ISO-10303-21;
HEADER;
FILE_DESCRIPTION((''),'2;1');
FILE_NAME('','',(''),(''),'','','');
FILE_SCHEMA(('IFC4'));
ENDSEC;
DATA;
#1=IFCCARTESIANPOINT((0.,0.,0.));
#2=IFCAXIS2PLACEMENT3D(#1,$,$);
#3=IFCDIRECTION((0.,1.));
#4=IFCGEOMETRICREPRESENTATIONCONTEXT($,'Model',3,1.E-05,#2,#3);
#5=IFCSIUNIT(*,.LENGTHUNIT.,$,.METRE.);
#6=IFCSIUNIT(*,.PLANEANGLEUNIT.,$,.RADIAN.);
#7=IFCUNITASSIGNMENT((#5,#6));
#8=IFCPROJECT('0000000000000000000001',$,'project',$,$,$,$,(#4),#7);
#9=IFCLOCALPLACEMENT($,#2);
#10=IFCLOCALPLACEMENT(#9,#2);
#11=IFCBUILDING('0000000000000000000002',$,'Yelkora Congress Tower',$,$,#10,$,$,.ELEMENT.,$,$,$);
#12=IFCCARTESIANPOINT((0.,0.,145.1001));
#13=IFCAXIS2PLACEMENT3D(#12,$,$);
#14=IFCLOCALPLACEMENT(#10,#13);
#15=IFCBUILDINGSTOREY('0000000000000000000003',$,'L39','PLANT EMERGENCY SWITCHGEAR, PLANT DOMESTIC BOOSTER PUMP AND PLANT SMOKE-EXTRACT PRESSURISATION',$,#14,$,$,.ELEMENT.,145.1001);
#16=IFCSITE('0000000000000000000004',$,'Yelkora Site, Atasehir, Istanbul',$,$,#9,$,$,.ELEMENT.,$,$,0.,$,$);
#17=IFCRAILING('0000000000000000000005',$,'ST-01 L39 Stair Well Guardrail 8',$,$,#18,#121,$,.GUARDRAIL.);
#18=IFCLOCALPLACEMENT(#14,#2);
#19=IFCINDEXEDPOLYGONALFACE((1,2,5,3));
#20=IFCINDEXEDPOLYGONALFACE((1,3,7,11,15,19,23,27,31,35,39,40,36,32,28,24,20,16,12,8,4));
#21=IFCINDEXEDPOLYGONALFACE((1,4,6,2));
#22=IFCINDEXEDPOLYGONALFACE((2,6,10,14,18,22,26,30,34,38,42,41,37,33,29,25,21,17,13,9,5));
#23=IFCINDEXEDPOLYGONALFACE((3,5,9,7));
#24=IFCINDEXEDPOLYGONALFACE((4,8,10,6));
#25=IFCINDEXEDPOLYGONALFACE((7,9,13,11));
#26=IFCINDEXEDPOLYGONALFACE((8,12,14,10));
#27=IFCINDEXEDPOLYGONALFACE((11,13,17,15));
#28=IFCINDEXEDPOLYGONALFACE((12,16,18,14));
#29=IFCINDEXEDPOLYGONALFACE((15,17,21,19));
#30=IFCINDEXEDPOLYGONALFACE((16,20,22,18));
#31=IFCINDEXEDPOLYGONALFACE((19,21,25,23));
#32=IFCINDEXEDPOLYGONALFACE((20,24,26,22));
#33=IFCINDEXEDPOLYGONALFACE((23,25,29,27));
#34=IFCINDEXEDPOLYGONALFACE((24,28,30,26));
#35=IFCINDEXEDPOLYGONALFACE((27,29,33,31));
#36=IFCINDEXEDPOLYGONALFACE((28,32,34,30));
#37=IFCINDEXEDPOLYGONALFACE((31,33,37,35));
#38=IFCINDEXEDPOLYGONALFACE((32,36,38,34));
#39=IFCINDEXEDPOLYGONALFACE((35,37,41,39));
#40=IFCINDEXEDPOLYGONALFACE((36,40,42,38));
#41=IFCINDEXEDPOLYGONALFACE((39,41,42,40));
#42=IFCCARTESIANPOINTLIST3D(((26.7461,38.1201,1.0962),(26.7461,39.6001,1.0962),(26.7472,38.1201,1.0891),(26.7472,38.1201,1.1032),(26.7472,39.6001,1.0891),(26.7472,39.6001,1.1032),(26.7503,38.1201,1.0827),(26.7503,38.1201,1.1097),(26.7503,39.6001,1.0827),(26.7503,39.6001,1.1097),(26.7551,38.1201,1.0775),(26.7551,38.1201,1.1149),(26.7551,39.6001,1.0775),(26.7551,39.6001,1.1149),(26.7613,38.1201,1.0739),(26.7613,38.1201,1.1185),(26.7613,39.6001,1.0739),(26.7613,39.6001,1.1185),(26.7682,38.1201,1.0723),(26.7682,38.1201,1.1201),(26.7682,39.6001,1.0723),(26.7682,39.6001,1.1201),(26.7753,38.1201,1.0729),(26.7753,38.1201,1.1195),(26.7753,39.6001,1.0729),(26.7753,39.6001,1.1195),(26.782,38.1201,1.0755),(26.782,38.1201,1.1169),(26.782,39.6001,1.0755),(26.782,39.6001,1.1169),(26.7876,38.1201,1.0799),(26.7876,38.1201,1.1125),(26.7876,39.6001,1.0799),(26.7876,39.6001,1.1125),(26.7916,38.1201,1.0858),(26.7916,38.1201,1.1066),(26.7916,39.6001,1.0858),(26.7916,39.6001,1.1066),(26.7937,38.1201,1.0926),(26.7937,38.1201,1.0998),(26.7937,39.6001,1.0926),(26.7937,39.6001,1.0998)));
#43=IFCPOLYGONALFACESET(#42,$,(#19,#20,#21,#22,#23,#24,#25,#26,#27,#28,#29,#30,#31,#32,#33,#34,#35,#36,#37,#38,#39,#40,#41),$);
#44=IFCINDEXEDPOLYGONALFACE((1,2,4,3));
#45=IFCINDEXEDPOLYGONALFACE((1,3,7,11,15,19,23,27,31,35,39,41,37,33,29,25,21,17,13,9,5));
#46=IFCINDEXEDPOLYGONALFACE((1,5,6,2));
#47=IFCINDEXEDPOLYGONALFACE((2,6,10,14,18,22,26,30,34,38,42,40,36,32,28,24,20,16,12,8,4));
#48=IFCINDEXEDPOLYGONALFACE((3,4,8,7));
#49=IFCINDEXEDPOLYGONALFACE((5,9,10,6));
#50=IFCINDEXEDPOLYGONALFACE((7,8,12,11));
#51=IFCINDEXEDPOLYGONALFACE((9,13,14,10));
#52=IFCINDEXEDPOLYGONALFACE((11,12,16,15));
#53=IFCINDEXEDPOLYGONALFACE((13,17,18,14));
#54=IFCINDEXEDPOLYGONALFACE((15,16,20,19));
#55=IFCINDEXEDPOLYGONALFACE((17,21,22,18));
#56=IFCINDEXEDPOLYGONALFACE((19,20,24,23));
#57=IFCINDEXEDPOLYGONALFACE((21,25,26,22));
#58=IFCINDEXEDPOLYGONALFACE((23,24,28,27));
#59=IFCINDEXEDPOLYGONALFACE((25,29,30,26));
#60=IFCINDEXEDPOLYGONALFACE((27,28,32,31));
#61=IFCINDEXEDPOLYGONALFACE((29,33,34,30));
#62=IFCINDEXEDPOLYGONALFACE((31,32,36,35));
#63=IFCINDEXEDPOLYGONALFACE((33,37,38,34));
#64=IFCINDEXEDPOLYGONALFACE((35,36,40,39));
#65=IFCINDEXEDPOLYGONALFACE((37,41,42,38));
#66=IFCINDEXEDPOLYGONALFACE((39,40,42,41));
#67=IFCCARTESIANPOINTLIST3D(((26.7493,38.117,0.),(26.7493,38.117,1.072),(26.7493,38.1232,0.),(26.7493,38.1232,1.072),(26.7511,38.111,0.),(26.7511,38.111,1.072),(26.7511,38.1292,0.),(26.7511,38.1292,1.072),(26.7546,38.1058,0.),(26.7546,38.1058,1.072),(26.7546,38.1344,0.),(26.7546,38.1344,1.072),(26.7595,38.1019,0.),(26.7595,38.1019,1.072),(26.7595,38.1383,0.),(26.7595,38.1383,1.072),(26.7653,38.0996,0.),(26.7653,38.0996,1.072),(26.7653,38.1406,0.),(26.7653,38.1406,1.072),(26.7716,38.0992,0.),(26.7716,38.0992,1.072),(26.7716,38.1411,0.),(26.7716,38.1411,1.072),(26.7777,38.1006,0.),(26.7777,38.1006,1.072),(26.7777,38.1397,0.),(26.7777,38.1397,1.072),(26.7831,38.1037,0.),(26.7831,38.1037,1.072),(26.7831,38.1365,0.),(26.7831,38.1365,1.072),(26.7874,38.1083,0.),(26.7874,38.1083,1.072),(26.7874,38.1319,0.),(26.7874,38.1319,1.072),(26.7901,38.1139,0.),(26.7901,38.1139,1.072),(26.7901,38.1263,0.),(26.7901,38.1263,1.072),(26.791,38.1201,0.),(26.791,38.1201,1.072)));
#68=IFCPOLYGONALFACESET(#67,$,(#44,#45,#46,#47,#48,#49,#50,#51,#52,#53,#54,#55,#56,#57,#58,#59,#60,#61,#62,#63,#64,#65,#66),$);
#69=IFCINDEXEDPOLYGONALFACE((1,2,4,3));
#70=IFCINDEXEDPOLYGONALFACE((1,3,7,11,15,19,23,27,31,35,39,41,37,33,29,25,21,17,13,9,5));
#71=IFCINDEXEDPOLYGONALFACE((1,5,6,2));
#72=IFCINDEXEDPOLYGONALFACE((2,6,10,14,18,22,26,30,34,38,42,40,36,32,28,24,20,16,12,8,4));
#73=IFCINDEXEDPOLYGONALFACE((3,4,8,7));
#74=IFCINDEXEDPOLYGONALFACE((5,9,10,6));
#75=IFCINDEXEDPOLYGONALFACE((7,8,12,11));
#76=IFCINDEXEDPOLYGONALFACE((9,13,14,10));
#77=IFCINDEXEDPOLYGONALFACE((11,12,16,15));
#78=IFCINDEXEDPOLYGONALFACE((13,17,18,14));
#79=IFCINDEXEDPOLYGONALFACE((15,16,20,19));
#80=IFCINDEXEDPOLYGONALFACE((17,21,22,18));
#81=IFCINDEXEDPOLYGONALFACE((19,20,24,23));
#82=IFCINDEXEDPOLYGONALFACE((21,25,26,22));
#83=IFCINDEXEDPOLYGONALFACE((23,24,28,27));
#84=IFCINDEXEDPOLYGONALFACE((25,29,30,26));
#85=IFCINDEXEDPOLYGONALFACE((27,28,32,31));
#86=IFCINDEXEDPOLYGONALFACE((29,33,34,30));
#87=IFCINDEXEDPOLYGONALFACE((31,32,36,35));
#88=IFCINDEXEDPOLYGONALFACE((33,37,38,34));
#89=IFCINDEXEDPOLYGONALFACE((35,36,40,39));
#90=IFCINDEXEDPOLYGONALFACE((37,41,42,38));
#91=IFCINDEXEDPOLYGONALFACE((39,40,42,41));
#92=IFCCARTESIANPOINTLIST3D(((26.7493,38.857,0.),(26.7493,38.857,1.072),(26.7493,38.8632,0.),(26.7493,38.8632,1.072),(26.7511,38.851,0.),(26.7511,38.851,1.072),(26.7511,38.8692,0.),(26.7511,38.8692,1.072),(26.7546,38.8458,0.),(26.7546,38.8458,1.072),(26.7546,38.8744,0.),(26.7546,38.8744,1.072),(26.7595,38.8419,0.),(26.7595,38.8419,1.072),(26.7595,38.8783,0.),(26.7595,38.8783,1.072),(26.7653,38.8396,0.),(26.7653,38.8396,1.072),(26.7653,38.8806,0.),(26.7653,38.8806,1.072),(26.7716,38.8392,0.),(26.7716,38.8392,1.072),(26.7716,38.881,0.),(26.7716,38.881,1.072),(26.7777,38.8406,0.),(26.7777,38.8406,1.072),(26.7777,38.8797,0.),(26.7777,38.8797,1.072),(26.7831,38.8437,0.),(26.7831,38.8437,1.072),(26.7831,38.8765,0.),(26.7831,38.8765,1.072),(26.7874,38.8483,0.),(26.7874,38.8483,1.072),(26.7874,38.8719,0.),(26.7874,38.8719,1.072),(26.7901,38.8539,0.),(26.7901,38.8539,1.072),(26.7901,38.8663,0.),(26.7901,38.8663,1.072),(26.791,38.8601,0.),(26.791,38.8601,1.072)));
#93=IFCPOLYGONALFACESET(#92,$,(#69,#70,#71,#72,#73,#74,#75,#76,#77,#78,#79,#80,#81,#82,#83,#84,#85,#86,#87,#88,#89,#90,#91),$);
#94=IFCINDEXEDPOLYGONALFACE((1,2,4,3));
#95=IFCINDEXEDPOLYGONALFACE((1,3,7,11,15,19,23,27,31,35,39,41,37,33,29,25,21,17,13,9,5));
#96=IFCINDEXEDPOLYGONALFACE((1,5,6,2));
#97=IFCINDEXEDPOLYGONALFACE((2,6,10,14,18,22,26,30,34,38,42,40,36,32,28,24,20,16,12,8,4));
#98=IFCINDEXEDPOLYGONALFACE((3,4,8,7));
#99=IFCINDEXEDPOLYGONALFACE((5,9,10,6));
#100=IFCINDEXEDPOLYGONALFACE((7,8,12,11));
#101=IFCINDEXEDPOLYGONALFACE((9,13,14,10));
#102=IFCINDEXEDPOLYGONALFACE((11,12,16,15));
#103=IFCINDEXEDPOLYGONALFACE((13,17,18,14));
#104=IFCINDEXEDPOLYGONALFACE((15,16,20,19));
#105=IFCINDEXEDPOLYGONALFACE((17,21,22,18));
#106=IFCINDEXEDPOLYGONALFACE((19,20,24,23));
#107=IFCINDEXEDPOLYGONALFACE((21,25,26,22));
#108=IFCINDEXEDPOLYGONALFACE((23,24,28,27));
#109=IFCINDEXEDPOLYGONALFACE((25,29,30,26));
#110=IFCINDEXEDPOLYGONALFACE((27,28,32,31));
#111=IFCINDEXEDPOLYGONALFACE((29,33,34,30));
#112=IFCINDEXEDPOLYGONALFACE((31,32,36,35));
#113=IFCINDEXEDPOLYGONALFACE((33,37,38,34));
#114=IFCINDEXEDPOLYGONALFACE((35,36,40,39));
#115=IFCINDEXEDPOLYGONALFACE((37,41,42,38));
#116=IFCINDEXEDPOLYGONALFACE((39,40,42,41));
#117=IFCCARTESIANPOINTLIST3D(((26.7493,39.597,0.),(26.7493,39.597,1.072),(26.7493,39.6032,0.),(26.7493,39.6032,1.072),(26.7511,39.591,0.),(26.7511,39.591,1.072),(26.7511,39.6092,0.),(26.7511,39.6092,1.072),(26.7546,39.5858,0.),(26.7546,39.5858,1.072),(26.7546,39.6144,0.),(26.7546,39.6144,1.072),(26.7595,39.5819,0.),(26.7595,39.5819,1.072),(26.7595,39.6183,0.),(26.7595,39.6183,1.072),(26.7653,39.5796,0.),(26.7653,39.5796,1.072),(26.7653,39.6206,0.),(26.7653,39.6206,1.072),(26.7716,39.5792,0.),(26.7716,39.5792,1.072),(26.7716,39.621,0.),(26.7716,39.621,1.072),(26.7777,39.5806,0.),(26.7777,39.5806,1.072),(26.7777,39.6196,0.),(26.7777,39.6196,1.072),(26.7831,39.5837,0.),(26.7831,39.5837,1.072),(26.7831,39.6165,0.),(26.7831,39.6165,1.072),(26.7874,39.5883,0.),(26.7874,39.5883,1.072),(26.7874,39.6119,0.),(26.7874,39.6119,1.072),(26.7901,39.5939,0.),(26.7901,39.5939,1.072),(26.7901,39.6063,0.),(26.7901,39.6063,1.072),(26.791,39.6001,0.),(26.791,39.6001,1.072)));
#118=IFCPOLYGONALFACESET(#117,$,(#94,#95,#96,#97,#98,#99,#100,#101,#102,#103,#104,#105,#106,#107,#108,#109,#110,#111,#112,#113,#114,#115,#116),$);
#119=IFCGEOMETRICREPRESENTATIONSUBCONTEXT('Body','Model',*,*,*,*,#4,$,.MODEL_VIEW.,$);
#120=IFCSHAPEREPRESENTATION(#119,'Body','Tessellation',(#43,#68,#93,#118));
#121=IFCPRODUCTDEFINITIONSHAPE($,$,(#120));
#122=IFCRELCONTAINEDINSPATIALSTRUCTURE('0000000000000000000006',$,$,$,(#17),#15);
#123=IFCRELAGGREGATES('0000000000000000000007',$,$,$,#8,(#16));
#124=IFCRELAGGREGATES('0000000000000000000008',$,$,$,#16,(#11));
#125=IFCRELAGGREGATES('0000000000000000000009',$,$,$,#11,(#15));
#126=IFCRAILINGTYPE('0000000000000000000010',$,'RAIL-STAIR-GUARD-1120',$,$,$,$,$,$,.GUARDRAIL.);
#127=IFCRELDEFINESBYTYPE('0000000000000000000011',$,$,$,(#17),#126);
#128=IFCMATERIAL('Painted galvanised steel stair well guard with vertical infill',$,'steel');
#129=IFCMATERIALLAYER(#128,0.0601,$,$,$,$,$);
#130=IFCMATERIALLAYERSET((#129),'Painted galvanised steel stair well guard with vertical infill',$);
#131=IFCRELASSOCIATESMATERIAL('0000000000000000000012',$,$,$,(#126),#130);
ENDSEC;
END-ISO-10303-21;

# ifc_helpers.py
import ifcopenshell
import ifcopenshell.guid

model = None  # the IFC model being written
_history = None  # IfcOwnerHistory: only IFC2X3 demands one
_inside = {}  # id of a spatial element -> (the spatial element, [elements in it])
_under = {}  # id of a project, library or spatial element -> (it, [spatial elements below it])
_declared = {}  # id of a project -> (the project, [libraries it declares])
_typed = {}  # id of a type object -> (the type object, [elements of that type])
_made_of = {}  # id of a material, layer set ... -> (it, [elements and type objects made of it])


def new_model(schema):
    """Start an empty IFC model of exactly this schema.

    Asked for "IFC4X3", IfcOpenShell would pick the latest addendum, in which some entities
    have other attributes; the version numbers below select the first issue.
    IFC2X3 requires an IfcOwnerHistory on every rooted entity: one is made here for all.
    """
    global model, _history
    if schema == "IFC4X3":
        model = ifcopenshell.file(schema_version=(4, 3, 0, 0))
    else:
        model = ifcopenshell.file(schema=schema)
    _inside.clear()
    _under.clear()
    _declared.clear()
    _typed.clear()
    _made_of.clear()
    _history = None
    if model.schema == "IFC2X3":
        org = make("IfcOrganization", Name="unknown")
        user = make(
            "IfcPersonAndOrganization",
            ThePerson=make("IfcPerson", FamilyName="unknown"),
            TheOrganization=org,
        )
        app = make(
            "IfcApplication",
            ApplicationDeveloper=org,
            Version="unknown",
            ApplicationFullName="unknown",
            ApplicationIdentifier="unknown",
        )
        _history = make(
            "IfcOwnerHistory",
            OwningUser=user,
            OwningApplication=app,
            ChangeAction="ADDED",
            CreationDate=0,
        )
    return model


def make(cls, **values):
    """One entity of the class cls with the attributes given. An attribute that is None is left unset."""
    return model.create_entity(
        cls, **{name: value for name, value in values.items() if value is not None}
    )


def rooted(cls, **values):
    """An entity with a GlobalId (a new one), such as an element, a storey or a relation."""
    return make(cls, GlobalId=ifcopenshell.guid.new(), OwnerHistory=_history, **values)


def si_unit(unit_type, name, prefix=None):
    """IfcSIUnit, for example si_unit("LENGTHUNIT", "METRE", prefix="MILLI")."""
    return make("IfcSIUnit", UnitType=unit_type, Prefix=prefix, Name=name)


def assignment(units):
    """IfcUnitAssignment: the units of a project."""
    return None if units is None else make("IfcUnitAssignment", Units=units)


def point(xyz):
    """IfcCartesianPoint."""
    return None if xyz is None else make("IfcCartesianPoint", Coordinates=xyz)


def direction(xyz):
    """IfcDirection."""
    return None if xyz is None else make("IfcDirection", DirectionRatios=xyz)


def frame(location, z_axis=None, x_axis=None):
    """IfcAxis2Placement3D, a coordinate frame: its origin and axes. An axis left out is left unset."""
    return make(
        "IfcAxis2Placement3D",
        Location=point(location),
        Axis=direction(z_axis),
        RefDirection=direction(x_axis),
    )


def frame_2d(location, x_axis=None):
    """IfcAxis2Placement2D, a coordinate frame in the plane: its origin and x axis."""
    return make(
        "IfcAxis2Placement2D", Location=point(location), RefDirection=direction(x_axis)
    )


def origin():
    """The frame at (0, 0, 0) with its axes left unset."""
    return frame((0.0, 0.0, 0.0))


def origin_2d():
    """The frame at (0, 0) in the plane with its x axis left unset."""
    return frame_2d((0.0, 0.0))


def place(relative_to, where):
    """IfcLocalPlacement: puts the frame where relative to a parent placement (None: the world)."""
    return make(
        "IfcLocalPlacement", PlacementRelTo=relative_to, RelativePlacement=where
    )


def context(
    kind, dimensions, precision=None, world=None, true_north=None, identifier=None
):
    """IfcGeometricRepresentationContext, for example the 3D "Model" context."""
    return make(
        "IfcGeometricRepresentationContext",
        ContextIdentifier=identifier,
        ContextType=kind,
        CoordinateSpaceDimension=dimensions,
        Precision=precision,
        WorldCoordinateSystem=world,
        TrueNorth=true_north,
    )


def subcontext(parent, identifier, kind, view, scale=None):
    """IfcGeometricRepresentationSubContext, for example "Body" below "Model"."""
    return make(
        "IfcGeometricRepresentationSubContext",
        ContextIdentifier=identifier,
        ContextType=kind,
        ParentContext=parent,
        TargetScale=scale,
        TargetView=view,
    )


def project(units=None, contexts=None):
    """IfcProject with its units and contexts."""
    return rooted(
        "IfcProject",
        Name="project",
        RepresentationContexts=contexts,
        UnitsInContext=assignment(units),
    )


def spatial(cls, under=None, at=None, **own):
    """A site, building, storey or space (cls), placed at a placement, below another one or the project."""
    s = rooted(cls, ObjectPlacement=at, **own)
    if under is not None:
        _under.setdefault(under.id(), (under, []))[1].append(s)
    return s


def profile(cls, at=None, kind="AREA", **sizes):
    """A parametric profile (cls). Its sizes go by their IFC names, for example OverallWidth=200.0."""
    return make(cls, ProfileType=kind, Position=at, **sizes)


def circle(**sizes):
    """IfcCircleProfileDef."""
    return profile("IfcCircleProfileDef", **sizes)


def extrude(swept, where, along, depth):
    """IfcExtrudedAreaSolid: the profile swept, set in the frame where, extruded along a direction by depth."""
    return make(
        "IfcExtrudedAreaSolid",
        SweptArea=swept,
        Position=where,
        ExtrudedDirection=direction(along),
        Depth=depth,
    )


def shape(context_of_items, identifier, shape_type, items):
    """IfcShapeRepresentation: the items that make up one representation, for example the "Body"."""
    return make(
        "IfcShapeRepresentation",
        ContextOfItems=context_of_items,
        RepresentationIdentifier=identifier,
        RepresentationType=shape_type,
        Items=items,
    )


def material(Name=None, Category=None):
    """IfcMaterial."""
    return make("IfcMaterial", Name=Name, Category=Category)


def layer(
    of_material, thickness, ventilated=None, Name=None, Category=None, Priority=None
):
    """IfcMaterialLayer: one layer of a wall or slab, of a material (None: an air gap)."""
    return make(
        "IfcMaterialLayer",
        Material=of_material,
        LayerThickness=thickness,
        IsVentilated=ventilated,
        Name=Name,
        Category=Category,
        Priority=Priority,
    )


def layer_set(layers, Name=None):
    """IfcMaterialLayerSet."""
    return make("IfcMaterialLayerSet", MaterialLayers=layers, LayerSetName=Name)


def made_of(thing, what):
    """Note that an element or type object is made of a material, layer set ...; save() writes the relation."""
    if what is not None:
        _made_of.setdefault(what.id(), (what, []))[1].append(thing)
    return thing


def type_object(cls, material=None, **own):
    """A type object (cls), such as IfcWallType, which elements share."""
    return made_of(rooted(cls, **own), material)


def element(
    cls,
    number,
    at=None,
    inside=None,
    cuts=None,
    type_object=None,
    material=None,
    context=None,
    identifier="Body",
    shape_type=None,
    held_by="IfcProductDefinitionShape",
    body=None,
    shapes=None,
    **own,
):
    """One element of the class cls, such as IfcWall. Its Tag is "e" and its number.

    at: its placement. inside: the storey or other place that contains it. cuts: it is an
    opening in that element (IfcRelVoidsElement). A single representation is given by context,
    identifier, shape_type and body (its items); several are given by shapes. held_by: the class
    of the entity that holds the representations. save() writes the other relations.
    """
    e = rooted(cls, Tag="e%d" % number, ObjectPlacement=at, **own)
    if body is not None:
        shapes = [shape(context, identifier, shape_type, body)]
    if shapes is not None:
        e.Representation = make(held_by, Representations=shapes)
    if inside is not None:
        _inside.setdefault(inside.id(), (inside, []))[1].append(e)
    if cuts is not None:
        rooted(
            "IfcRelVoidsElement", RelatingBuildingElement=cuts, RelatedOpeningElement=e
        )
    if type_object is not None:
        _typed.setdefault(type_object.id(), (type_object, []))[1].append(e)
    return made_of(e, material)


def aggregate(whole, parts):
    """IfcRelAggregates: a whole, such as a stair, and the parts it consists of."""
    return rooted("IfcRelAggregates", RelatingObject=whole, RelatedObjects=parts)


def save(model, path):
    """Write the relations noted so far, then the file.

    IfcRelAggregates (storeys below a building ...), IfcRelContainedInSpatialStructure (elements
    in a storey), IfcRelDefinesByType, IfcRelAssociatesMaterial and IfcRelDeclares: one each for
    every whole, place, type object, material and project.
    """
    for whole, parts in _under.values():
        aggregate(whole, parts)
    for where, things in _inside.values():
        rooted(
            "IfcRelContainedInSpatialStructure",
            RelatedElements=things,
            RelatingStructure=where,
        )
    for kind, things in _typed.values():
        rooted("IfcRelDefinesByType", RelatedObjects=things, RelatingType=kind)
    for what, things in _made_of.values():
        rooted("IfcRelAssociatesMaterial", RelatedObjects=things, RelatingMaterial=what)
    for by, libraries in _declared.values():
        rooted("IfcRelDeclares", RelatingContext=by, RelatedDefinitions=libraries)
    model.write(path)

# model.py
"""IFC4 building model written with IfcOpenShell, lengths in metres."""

from ifc_helpers import new_model, si_unit, direction, frame, origin, origin_2d, place, context, subcontext, project, spatial, circle, extrude, material, layer, layer_set, type_object, element, save


model = new_model("IFC4")

# Units and contexts
model_context = context("Model", 3, precision=1e-05, world=origin(), true_north=direction((0.0, 1.0)))
body_context = subcontext(model_context, "Body", "Model", "MODEL_VIEW")
ifc_project = project(units=[si_unit("LENGTHUNIT", "METRE"), si_unit("PLANEANGLEUNIT", "RADIAN")], contexts=[model_context])

# Site, building, storey
site_placement = place(None, origin())
site = spatial("IfcSite", under=ifc_project, at=site_placement, Name="Yelkora Site, Atasehir, Istanbul", CompositionType="ELEMENT", RefElevation=0.0)
building_placement = place(site_placement, origin())
building = spatial("IfcBuilding", under=site, at=building_placement, Name="Yelkora Congress Tower", CompositionType="ELEMENT")
storey_placement = place(building_placement, frame((0.0, 0.0, 145.1001)))
storey = spatial("IfcBuildingStorey", under=building, at=storey_placement, Name="L39", Description="PLANT EMERGENCY SWITCHGEAR, PLANT DOMESTIC BOOSTER PUMP AND PLANT SMOKE-EXTRACT PRESSURISATION", CompositionType="ELEMENT", Elevation=145.1001)

# Railing
ifc_material_1 = material(Name="Painted galvanised steel stair well guard with vertical infill", Category="steel")
ifc_layer_1 = layer(ifc_material_1, 0.0601)
ifc_layer_set_1 = layer_set([ifc_layer_1], Name="Painted galvanised steel stair well guard with vertical infill")
railing_type_1 = type_object("IfcRailingType", Name="RAIL-STAIR-GUARD-1120", PredefinedType="GUARDRAIL", material=ifc_layer_set_1)
railing_1_placement = place(storey_placement, frame((26.77, 38.1201, 0.0)))
element("IfcRailing", 1, at=railing_1_placement, inside=storey, type_object=railing_type_1, Name="ST-01 L39 Stair Well Guardrail 8", PredefinedType="GUARDRAIL", context=body_context, shape_type="SweptSolid", body=[
    extrude(circle(Radius=0.0239, at=origin_2d()), frame((0.0, 0.0, 1.0962), z_axis=(0.0, 1.0, 0.0), x_axis=(-1.0, 0.0, 0.0)), (0.0, 0.0, 1.0), 1.48),
    extrude(circle(Radius=0.021, at=origin_2d()), origin(), (0.0, 0.0, 1.0), 1.072),
    extrude(circle(Radius=0.021, at=origin_2d()), frame((0.0, 0.74, 0.0)), (0.0, 0.0, 1.0), 1.072),
    extrude(circle(Radius=0.021, at=origin_2d()), frame((0.0, 1.48, 0.0)), (0.0, 0.0, 1.0), 1.072),
])

save(model, "model.ifc")
